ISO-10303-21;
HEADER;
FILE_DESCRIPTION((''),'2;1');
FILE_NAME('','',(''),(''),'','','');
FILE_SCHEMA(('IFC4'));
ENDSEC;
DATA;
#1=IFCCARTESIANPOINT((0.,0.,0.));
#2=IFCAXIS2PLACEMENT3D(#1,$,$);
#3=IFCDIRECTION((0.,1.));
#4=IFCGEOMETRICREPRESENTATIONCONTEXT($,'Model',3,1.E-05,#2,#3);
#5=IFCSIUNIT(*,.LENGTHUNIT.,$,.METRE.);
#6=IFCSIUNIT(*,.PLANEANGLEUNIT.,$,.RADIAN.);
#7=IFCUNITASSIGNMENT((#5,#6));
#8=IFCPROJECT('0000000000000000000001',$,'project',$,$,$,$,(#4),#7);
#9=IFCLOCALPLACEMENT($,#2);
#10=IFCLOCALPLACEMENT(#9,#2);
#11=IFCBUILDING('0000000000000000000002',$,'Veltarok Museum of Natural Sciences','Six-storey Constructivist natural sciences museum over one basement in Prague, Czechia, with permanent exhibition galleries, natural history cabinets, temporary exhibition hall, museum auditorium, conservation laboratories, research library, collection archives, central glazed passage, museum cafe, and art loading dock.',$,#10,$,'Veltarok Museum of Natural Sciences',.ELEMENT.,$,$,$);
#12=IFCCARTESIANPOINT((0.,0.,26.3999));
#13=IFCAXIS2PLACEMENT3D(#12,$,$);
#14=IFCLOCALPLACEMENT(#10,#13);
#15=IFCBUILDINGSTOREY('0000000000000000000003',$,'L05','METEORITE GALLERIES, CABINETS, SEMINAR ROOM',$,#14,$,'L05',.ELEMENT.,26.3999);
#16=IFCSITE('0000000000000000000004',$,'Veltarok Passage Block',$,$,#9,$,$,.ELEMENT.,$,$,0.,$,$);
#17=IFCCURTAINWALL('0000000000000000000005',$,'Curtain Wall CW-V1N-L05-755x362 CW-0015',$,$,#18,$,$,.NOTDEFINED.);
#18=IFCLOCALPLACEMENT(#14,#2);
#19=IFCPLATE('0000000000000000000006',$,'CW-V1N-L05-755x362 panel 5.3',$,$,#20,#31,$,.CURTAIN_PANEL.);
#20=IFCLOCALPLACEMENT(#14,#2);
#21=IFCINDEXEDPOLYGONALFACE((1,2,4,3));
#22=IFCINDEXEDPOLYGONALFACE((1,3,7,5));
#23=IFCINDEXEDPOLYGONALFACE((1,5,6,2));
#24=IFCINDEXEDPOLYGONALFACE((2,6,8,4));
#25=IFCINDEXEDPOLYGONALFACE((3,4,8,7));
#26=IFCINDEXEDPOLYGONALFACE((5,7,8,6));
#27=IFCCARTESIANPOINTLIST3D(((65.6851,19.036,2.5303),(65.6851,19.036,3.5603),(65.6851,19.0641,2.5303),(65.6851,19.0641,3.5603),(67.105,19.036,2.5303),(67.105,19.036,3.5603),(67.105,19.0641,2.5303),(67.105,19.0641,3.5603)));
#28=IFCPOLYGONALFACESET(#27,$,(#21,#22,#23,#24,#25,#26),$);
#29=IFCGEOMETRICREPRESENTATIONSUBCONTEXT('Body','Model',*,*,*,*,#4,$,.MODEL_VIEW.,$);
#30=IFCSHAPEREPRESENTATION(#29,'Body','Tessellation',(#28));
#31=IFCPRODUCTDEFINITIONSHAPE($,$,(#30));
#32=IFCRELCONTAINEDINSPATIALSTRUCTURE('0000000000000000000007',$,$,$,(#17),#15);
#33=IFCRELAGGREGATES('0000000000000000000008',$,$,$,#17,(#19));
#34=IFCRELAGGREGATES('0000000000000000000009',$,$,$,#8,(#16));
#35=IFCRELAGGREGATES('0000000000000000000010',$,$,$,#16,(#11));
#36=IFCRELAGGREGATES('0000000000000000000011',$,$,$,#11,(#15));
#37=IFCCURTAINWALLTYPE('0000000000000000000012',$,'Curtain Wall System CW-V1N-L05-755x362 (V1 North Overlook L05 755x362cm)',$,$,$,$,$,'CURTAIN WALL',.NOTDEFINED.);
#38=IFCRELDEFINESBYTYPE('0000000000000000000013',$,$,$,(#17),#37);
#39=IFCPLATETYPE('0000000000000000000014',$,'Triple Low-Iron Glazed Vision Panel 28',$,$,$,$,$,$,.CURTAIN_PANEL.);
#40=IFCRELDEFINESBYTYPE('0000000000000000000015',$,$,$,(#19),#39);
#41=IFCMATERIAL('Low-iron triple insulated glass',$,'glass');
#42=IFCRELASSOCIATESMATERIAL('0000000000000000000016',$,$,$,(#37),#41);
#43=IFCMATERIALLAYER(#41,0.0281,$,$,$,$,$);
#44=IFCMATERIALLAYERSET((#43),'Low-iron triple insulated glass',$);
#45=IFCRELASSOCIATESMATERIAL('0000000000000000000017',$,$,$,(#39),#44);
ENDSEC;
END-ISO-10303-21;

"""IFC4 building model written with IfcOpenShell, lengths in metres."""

from ifc_helpers import new_model, si_unit, direction, frame, origin, origin_2d, place, context, subcontext, project, spatial, rectangle, extrude, material, layer, layer_set, type_object, element, aggregate, save


model = new_model("IFC4")

# Units and contexts
model_context = context("Model", 3, precision=1e-05, world=origin(), true_north=direction((0.0, 1.0)))
body_context = subcontext(model_context, "Body", "Model", "MODEL_VIEW")
ifc_project = project(units=[si_unit("LENGTHUNIT", "METRE"), si_unit("PLANEANGLEUNIT", "RADIAN")], contexts=[model_context])

# Site, building, storey
site_placement = place(None, origin())
site = spatial("IfcSite", under=ifc_project, at=site_placement, Name="Veltarok Passage Block", CompositionType="ELEMENT", RefElevation=0.0)
building_placement = place(site_placement, origin())
building = spatial("IfcBuilding", under=site, at=building_placement, Name="Veltarok Museum of Natural Sciences", Description="Six-storey Constructivist natural sciences museum over one basement in Prague, Czechia, with permanent exhibition galleries, natural history cabinets, temporary exhibition hall, museum auditorium, conservation laboratories, research library, collection archives, central glazed passage, museum cafe, and art loading dock.", LongName="Veltarok Museum of Natural Sciences", CompositionType="ELEMENT")
storey_placement = place(building_placement, frame((0.0, 0.0, 26.3999)))
storey = spatial("IfcBuildingStorey", under=building, at=storey_placement, Name="L05", Description="METEORITE GALLERIES, CABINETS, SEMINAR ROOM", LongName="L05", CompositionType="ELEMENT", Elevation=26.3999)

# Curtain wall
ifc_material_1 = material(Name="Low-iron triple insulated glass", Category="glass")
curtain_wall_type = type_object("IfcCurtainWallType", Name="Curtain Wall System CW-V1N-L05-755x362 (V1 North Overlook L05 755x362cm)", ElementType="CURTAIN WALL", PredefinedType="NOTDEFINED", material=ifc_material_1)
curtain_wall_1_placement = place(storey_placement, origin())
curtain_wall_1 = element("IfcCurtainWall", 1, at=curtain_wall_1_placement, inside=storey, type_object=curtain_wall_type, Name="Curtain Wall CW-V1N-L05-755x362 CW-0015", PredefinedType="NOTDEFINED")

# Plate
ifc_layer = layer(ifc_material_1, 0.0281)
ifc_layer_set = layer_set([ifc_layer], Name="Low-iron triple insulated glass")
plate_type = type_object("IfcPlateType", Name="Triple Low-Iron Glazed Vision Panel 28", PredefinedType="CURTAIN_PANEL", material=ifc_layer_set)
plate_1_placement = place(storey_placement, frame((66.395, 19.05, 2.5303), z_axis=(0.0, 0.0, 1.0), x_axis=(-1.0, 0.0, 0.0)))
plate_1 = element("IfcPlate", 2, at=plate_1_placement, type_object=plate_type, Name="CW-V1N-L05-755x362 panel 5.3", PredefinedType="CURTAIN_PANEL", context=body_context, shape_type="SweptSolid", body=[
    extrude(rectangle(XDim=1.4199, YDim=0.0281, at=origin_2d()), origin(), (0.0, 0.0, 1.0), 1.03),
])
aggregate(curtain_wall_1, [plate_1])

save(model, "model.ifc")
